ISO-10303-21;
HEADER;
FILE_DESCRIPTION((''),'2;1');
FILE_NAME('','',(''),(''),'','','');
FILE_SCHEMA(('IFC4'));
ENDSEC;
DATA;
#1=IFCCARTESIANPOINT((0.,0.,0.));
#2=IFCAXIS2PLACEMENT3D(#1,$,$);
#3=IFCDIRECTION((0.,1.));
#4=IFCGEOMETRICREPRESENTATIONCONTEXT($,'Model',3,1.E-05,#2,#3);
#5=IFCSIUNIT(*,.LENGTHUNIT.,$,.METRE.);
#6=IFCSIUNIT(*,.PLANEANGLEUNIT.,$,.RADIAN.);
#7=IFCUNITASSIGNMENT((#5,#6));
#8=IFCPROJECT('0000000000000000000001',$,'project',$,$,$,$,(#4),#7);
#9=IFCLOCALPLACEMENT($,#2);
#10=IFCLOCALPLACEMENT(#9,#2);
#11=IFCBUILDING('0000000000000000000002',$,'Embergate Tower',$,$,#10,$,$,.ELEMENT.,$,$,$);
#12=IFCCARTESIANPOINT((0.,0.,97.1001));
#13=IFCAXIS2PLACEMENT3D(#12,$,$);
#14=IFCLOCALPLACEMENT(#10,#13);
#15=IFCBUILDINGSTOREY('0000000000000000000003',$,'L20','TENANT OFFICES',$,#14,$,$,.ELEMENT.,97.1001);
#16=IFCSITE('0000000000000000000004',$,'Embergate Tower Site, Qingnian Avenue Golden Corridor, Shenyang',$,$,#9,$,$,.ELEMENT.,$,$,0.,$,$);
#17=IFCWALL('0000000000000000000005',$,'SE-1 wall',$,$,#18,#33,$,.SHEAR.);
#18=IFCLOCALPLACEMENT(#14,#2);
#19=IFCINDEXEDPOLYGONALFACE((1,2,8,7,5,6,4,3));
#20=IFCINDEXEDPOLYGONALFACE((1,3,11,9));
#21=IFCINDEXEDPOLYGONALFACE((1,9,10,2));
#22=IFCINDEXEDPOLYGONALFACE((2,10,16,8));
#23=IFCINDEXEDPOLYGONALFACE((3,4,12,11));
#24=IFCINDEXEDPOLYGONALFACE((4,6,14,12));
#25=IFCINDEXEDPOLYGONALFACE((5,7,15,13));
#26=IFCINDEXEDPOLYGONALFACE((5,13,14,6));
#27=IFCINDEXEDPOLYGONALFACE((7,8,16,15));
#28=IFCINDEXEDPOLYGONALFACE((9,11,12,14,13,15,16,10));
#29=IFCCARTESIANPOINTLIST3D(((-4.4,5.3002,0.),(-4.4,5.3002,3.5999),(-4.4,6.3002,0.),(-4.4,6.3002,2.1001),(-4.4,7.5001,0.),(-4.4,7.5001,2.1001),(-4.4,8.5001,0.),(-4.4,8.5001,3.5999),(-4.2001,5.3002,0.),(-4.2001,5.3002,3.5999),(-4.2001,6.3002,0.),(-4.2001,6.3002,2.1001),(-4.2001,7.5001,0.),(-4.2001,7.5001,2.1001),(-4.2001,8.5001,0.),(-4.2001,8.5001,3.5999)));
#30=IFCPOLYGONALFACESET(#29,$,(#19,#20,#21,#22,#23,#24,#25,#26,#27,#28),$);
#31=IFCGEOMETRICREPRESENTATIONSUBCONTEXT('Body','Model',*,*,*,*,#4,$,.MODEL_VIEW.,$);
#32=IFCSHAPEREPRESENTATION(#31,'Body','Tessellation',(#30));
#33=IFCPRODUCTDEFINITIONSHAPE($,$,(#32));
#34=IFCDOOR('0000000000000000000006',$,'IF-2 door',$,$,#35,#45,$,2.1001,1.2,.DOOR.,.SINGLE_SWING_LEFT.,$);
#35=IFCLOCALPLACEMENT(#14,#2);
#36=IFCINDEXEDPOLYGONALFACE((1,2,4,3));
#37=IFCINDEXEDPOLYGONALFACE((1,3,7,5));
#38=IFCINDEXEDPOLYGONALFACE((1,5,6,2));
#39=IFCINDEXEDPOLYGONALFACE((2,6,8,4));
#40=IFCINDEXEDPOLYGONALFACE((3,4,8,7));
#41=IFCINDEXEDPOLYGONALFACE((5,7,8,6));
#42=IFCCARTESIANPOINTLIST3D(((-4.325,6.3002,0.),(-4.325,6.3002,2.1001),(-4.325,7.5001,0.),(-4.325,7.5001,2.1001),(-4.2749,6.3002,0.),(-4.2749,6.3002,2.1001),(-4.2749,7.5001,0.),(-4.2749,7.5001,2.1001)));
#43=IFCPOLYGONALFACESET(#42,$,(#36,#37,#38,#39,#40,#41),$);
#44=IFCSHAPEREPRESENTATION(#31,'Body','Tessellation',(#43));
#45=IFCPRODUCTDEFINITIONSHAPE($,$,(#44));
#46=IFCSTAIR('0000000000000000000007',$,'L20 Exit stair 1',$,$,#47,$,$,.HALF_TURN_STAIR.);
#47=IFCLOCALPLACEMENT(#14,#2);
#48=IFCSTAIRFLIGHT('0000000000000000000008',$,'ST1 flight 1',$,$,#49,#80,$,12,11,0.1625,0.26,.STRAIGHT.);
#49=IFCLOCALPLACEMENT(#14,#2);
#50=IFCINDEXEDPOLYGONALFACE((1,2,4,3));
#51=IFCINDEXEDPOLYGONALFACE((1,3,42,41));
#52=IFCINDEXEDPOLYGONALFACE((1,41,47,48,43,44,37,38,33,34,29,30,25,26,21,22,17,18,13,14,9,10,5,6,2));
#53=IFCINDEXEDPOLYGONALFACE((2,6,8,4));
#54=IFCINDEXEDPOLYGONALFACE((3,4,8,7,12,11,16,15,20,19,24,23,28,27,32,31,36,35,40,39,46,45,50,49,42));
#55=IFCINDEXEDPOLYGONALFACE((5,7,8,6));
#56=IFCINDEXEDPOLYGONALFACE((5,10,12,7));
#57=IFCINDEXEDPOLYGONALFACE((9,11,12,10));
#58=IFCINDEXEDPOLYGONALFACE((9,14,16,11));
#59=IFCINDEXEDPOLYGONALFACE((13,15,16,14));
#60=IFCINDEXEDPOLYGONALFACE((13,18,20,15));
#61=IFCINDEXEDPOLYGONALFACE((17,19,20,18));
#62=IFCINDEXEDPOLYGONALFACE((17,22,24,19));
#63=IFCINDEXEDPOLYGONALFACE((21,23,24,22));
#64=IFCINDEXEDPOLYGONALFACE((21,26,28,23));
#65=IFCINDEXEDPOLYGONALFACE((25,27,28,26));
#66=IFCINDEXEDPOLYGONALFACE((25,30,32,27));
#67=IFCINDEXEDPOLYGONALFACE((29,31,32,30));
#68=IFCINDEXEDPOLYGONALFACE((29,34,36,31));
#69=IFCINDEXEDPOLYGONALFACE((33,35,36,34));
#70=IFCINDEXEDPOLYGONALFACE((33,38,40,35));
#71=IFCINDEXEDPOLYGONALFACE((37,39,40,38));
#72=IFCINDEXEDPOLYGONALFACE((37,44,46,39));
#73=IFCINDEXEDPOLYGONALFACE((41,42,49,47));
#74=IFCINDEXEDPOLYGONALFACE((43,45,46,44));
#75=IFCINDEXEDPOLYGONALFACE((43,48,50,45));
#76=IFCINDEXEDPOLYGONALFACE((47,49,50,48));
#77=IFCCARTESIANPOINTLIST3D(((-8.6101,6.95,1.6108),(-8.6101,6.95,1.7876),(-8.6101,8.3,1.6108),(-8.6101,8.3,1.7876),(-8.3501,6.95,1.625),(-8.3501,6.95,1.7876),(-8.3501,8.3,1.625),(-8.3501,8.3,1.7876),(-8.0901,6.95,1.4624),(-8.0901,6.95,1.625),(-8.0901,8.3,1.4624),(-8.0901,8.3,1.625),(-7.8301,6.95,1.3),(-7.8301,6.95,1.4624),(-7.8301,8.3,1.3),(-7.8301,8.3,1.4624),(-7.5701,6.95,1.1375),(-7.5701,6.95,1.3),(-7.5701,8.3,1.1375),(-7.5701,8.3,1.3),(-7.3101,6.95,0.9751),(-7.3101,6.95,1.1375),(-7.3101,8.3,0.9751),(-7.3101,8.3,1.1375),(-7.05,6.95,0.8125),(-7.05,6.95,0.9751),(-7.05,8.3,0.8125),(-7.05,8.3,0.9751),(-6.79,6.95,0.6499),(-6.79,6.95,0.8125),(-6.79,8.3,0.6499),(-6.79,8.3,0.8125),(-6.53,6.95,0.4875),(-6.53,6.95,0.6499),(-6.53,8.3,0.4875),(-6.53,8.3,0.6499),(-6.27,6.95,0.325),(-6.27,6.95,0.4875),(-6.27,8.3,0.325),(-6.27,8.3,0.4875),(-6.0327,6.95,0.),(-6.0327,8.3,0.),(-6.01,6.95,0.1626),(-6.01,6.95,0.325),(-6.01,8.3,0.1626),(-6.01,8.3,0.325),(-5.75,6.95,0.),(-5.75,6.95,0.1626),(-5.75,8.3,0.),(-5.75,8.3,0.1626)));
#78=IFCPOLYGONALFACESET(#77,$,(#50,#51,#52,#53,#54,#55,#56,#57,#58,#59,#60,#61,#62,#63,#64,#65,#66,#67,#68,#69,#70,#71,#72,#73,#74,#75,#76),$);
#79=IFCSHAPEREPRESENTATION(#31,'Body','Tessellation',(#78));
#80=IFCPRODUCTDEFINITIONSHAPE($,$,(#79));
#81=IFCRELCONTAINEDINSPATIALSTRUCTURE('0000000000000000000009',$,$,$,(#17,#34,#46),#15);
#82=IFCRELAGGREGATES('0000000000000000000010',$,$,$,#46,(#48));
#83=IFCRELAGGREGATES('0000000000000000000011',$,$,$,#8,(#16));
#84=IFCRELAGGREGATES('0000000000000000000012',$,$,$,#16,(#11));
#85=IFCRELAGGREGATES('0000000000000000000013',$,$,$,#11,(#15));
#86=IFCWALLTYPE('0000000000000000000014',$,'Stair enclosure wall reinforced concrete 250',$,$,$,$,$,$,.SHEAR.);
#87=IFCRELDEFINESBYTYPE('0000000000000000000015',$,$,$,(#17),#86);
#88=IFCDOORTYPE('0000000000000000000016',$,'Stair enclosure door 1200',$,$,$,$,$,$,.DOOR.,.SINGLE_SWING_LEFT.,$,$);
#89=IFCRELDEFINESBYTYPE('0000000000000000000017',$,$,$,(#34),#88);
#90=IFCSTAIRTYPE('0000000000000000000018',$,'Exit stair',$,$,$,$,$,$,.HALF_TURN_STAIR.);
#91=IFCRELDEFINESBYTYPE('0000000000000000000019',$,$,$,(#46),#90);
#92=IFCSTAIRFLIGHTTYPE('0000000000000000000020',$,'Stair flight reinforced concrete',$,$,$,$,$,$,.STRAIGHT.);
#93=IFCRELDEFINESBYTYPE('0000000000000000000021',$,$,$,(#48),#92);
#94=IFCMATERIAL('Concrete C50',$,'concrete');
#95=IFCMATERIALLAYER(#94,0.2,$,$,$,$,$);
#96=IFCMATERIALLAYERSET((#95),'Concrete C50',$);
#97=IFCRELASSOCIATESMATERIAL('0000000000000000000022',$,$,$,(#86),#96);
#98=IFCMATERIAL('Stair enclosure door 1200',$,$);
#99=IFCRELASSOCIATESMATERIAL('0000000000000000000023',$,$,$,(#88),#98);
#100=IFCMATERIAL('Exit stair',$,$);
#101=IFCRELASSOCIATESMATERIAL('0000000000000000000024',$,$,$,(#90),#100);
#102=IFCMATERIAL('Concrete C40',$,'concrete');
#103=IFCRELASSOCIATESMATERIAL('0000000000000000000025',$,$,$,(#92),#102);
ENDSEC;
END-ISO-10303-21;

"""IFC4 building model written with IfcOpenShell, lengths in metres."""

from ifc_helpers import new_model, si_unit, direction, frame, frame_2d, origin, place, context, subcontext, project, spatial, polyline, rectangle, outline, extrude, source, transform, mapped, material, layer, layer_set, type_object, element, fill, aggregate, save


model = new_model("IFC4")

# Units and contexts
model_context = context("Model", 3, precision=1e-05, world=origin(), true_north=direction((0.0, 1.0)))
body_context = subcontext(model_context, "Body", "Model", "MODEL_VIEW")
ifc_project = project(units=[si_unit("LENGTHUNIT", "METRE"), si_unit("PLANEANGLEUNIT", "RADIAN")], contexts=[model_context])

# Site, building, storey
site_placement = place(None, origin())
site = spatial("IfcSite", under=ifc_project, at=site_placement, Name="Embergate Tower Site, Qingnian Avenue Golden Corridor, Shenyang", CompositionType="ELEMENT", RefElevation=0.0)
building_placement = place(site_placement, origin())
building = spatial("IfcBuilding", under=site, at=building_placement, Name="Embergate Tower", CompositionType="ELEMENT")
storey_placement = place(building_placement, frame((0.0, 0.0, 97.1001)))
storey = spatial("IfcBuildingStorey", under=building, at=storey_placement, Name="L20", Description="TENANT OFFICES", CompositionType="ELEMENT", Elevation=97.1001)

# Shared definitions
ifc_material_1 = material(Name="Concrete C50", Category="concrete")

# Shared definitions
ifc_layer_1 = layer(ifc_material_1, 0.2)
ifc_layer_set_1 = layer_set([ifc_layer_1], Name="Concrete C50")
wall_type_1 = type_object("IfcWallType", Name="Stair enclosure wall reinforced concrete 250", PredefinedType="SHEAR", material=ifc_layer_set_1)

# Wall, opening, door
shared_shape_1 = source(origin(), body_context, "Body", "SweptSolid", [
    extrude(rectangle(XDim=3.2, YDim=0.2, at=frame_2d((1.6001, 0.0))), origin(), (0.0, 0.0, 1.0), 3.5999),
])
wall_1_placement = place(storey_placement, frame((-4.3, 5.3, 0.0), z_axis=(0.0, 0.0, 1.0), x_axis=(0.0, 1.0, 0.0)))
wall_1 = element("IfcWall", 1, at=wall_1_placement, inside=storey, type_object=wall_type_1, Name="SE-1 wall", PredefinedType="SHEAR", context=body_context, shape_type="MappedRepresentation", body=[
    mapped(shared_shape_1, transform((0.0, 0.0, 0.0))),
])
shared_shape_2 = source(origin(), body_context, "Body", "SweptSolid", [
    extrude(rectangle(XDim=1.2, YDim=2.1001, at=frame_2d((0.6001, 1.05))), frame((0.0, 0.1099, 0.0), z_axis=(0.0, -1.0, 0.0), x_axis=(1.0, 0.0, 0.0)), (0.0, 0.0, 1.0), 0.22),
])
opening_1_placement = place(wall_1_placement, frame((1.0, 0.0, 0.0)))
opening_1 = element("IfcOpeningElement", 2, at=opening_1_placement, cuts=wall_1, PredefinedType="OPENING", context=body_context, shape_type="MappedRepresentation", body=[
    mapped(shared_shape_2, transform((0.0, 0.0, 0.0))),
])
ifc_material_2 = material(Name="Stair enclosure door 1200")
door_type_1 = type_object("IfcDoorType", Name="Stair enclosure door 1200", OperationType="SINGLE_SWING_LEFT", PredefinedType="DOOR", material=ifc_material_2)
shared_shape_3 = source(origin(), body_context, "Body", "SweptSolid", [
    extrude(rectangle(XDim=1.2, YDim=2.1001, at=frame_2d((0.6001, 1.05))), frame((0.0, 0.0249, 0.0), z_axis=(0.0, -1.0, 0.0), x_axis=(1.0, 0.0, 0.0)), (0.0, 0.0, 1.0), 0.05),
])
door_1_placement = place(opening_1_placement, origin())
door_1 = element("IfcDoor", 3, at=door_1_placement, inside=storey, type_object=door_type_1, Name="IF-2 door", OperationType="SINGLE_SWING_LEFT", OverallHeight=2.1001, OverallWidth=1.2, PredefinedType="DOOR", context=body_context, shape_type="MappedRepresentation", body=[
    mapped(shared_shape_3, transform((0.0, 0.0, 0.0))),
])
fill(opening_1, door_1)

# Stair, stair flight
ifc_material_3 = material(Name="Exit stair")
stair_type = type_object("IfcStairType", Name="Exit stair", PredefinedType="HALF_TURN_STAIR", material=ifc_material_3)
stair_placement = place(storey_placement, origin())
stair = element("IfcStair", 4, at=stair_placement, inside=storey, type_object=stair_type, Name="L20 Exit stair 1", PredefinedType="HALF_TURN_STAIR")
ifc_material_4 = material(Name="Concrete C40", Category="concrete")
stair_flight_type = type_object("IfcStairFlightType", Name="Stair flight reinforced concrete", PredefinedType="STRAIGHT", material=ifc_material_4)
shared_shape_4 = source(origin(), body_context, "Body", "SweptSolid", [
    extrude(outline(polyline([(0.0, 0.0), (0.0, 0.1626), (0.26, 0.1626), (0.26, 0.325), (0.52, 0.325), (0.52, 0.4875), (0.78, 0.4875), (0.78, 0.6499), (1.04, 0.6499), (1.04, 0.8125), (1.3, 0.8125), (1.3, 0.9751), (1.5601, 0.9751), (1.5601, 1.1375), (1.8201, 1.1375), (1.8201, 1.3), (2.0801, 1.3), (2.0801, 1.4624), (2.3401, 1.4624), (2.3401, 1.625), (2.6001, 1.625), (2.6001, 1.7876), (2.8601, 1.7876), (2.8601, 1.95), (2.8601, 1.6108), (0.2827, 0.0), (0.0, 0.0)])), frame((0.0, 0.675, 0.0), z_axis=(0.0, -1.0, 0.0), x_axis=(1.0, 0.0, 0.0)), (0.0, 0.0, 1.0), 1.3501),
])
stair_flight_placement = place(storey_placement, frame((-5.75, 7.625, 0.0), z_axis=(0.0, 0.0, 1.0), x_axis=(-1.0, 0.0, 0.0)))
stair_flight = element("IfcStairFlight", 5, at=stair_flight_placement, type_object=stair_flight_type, Name="ST1 flight 1", NumberOfRisers=12, NumberOfTreads=11, PredefinedType="STRAIGHT", RiserHeight=0.1625, TreadLength=0.26, context=body_context, shape_type="MappedRepresentation", body=[
    mapped(shared_shape_4, transform((0.0, 0.0, 0.0))),
])
aggregate(stair, [stair_flight])

save(model, "model.ifc")
